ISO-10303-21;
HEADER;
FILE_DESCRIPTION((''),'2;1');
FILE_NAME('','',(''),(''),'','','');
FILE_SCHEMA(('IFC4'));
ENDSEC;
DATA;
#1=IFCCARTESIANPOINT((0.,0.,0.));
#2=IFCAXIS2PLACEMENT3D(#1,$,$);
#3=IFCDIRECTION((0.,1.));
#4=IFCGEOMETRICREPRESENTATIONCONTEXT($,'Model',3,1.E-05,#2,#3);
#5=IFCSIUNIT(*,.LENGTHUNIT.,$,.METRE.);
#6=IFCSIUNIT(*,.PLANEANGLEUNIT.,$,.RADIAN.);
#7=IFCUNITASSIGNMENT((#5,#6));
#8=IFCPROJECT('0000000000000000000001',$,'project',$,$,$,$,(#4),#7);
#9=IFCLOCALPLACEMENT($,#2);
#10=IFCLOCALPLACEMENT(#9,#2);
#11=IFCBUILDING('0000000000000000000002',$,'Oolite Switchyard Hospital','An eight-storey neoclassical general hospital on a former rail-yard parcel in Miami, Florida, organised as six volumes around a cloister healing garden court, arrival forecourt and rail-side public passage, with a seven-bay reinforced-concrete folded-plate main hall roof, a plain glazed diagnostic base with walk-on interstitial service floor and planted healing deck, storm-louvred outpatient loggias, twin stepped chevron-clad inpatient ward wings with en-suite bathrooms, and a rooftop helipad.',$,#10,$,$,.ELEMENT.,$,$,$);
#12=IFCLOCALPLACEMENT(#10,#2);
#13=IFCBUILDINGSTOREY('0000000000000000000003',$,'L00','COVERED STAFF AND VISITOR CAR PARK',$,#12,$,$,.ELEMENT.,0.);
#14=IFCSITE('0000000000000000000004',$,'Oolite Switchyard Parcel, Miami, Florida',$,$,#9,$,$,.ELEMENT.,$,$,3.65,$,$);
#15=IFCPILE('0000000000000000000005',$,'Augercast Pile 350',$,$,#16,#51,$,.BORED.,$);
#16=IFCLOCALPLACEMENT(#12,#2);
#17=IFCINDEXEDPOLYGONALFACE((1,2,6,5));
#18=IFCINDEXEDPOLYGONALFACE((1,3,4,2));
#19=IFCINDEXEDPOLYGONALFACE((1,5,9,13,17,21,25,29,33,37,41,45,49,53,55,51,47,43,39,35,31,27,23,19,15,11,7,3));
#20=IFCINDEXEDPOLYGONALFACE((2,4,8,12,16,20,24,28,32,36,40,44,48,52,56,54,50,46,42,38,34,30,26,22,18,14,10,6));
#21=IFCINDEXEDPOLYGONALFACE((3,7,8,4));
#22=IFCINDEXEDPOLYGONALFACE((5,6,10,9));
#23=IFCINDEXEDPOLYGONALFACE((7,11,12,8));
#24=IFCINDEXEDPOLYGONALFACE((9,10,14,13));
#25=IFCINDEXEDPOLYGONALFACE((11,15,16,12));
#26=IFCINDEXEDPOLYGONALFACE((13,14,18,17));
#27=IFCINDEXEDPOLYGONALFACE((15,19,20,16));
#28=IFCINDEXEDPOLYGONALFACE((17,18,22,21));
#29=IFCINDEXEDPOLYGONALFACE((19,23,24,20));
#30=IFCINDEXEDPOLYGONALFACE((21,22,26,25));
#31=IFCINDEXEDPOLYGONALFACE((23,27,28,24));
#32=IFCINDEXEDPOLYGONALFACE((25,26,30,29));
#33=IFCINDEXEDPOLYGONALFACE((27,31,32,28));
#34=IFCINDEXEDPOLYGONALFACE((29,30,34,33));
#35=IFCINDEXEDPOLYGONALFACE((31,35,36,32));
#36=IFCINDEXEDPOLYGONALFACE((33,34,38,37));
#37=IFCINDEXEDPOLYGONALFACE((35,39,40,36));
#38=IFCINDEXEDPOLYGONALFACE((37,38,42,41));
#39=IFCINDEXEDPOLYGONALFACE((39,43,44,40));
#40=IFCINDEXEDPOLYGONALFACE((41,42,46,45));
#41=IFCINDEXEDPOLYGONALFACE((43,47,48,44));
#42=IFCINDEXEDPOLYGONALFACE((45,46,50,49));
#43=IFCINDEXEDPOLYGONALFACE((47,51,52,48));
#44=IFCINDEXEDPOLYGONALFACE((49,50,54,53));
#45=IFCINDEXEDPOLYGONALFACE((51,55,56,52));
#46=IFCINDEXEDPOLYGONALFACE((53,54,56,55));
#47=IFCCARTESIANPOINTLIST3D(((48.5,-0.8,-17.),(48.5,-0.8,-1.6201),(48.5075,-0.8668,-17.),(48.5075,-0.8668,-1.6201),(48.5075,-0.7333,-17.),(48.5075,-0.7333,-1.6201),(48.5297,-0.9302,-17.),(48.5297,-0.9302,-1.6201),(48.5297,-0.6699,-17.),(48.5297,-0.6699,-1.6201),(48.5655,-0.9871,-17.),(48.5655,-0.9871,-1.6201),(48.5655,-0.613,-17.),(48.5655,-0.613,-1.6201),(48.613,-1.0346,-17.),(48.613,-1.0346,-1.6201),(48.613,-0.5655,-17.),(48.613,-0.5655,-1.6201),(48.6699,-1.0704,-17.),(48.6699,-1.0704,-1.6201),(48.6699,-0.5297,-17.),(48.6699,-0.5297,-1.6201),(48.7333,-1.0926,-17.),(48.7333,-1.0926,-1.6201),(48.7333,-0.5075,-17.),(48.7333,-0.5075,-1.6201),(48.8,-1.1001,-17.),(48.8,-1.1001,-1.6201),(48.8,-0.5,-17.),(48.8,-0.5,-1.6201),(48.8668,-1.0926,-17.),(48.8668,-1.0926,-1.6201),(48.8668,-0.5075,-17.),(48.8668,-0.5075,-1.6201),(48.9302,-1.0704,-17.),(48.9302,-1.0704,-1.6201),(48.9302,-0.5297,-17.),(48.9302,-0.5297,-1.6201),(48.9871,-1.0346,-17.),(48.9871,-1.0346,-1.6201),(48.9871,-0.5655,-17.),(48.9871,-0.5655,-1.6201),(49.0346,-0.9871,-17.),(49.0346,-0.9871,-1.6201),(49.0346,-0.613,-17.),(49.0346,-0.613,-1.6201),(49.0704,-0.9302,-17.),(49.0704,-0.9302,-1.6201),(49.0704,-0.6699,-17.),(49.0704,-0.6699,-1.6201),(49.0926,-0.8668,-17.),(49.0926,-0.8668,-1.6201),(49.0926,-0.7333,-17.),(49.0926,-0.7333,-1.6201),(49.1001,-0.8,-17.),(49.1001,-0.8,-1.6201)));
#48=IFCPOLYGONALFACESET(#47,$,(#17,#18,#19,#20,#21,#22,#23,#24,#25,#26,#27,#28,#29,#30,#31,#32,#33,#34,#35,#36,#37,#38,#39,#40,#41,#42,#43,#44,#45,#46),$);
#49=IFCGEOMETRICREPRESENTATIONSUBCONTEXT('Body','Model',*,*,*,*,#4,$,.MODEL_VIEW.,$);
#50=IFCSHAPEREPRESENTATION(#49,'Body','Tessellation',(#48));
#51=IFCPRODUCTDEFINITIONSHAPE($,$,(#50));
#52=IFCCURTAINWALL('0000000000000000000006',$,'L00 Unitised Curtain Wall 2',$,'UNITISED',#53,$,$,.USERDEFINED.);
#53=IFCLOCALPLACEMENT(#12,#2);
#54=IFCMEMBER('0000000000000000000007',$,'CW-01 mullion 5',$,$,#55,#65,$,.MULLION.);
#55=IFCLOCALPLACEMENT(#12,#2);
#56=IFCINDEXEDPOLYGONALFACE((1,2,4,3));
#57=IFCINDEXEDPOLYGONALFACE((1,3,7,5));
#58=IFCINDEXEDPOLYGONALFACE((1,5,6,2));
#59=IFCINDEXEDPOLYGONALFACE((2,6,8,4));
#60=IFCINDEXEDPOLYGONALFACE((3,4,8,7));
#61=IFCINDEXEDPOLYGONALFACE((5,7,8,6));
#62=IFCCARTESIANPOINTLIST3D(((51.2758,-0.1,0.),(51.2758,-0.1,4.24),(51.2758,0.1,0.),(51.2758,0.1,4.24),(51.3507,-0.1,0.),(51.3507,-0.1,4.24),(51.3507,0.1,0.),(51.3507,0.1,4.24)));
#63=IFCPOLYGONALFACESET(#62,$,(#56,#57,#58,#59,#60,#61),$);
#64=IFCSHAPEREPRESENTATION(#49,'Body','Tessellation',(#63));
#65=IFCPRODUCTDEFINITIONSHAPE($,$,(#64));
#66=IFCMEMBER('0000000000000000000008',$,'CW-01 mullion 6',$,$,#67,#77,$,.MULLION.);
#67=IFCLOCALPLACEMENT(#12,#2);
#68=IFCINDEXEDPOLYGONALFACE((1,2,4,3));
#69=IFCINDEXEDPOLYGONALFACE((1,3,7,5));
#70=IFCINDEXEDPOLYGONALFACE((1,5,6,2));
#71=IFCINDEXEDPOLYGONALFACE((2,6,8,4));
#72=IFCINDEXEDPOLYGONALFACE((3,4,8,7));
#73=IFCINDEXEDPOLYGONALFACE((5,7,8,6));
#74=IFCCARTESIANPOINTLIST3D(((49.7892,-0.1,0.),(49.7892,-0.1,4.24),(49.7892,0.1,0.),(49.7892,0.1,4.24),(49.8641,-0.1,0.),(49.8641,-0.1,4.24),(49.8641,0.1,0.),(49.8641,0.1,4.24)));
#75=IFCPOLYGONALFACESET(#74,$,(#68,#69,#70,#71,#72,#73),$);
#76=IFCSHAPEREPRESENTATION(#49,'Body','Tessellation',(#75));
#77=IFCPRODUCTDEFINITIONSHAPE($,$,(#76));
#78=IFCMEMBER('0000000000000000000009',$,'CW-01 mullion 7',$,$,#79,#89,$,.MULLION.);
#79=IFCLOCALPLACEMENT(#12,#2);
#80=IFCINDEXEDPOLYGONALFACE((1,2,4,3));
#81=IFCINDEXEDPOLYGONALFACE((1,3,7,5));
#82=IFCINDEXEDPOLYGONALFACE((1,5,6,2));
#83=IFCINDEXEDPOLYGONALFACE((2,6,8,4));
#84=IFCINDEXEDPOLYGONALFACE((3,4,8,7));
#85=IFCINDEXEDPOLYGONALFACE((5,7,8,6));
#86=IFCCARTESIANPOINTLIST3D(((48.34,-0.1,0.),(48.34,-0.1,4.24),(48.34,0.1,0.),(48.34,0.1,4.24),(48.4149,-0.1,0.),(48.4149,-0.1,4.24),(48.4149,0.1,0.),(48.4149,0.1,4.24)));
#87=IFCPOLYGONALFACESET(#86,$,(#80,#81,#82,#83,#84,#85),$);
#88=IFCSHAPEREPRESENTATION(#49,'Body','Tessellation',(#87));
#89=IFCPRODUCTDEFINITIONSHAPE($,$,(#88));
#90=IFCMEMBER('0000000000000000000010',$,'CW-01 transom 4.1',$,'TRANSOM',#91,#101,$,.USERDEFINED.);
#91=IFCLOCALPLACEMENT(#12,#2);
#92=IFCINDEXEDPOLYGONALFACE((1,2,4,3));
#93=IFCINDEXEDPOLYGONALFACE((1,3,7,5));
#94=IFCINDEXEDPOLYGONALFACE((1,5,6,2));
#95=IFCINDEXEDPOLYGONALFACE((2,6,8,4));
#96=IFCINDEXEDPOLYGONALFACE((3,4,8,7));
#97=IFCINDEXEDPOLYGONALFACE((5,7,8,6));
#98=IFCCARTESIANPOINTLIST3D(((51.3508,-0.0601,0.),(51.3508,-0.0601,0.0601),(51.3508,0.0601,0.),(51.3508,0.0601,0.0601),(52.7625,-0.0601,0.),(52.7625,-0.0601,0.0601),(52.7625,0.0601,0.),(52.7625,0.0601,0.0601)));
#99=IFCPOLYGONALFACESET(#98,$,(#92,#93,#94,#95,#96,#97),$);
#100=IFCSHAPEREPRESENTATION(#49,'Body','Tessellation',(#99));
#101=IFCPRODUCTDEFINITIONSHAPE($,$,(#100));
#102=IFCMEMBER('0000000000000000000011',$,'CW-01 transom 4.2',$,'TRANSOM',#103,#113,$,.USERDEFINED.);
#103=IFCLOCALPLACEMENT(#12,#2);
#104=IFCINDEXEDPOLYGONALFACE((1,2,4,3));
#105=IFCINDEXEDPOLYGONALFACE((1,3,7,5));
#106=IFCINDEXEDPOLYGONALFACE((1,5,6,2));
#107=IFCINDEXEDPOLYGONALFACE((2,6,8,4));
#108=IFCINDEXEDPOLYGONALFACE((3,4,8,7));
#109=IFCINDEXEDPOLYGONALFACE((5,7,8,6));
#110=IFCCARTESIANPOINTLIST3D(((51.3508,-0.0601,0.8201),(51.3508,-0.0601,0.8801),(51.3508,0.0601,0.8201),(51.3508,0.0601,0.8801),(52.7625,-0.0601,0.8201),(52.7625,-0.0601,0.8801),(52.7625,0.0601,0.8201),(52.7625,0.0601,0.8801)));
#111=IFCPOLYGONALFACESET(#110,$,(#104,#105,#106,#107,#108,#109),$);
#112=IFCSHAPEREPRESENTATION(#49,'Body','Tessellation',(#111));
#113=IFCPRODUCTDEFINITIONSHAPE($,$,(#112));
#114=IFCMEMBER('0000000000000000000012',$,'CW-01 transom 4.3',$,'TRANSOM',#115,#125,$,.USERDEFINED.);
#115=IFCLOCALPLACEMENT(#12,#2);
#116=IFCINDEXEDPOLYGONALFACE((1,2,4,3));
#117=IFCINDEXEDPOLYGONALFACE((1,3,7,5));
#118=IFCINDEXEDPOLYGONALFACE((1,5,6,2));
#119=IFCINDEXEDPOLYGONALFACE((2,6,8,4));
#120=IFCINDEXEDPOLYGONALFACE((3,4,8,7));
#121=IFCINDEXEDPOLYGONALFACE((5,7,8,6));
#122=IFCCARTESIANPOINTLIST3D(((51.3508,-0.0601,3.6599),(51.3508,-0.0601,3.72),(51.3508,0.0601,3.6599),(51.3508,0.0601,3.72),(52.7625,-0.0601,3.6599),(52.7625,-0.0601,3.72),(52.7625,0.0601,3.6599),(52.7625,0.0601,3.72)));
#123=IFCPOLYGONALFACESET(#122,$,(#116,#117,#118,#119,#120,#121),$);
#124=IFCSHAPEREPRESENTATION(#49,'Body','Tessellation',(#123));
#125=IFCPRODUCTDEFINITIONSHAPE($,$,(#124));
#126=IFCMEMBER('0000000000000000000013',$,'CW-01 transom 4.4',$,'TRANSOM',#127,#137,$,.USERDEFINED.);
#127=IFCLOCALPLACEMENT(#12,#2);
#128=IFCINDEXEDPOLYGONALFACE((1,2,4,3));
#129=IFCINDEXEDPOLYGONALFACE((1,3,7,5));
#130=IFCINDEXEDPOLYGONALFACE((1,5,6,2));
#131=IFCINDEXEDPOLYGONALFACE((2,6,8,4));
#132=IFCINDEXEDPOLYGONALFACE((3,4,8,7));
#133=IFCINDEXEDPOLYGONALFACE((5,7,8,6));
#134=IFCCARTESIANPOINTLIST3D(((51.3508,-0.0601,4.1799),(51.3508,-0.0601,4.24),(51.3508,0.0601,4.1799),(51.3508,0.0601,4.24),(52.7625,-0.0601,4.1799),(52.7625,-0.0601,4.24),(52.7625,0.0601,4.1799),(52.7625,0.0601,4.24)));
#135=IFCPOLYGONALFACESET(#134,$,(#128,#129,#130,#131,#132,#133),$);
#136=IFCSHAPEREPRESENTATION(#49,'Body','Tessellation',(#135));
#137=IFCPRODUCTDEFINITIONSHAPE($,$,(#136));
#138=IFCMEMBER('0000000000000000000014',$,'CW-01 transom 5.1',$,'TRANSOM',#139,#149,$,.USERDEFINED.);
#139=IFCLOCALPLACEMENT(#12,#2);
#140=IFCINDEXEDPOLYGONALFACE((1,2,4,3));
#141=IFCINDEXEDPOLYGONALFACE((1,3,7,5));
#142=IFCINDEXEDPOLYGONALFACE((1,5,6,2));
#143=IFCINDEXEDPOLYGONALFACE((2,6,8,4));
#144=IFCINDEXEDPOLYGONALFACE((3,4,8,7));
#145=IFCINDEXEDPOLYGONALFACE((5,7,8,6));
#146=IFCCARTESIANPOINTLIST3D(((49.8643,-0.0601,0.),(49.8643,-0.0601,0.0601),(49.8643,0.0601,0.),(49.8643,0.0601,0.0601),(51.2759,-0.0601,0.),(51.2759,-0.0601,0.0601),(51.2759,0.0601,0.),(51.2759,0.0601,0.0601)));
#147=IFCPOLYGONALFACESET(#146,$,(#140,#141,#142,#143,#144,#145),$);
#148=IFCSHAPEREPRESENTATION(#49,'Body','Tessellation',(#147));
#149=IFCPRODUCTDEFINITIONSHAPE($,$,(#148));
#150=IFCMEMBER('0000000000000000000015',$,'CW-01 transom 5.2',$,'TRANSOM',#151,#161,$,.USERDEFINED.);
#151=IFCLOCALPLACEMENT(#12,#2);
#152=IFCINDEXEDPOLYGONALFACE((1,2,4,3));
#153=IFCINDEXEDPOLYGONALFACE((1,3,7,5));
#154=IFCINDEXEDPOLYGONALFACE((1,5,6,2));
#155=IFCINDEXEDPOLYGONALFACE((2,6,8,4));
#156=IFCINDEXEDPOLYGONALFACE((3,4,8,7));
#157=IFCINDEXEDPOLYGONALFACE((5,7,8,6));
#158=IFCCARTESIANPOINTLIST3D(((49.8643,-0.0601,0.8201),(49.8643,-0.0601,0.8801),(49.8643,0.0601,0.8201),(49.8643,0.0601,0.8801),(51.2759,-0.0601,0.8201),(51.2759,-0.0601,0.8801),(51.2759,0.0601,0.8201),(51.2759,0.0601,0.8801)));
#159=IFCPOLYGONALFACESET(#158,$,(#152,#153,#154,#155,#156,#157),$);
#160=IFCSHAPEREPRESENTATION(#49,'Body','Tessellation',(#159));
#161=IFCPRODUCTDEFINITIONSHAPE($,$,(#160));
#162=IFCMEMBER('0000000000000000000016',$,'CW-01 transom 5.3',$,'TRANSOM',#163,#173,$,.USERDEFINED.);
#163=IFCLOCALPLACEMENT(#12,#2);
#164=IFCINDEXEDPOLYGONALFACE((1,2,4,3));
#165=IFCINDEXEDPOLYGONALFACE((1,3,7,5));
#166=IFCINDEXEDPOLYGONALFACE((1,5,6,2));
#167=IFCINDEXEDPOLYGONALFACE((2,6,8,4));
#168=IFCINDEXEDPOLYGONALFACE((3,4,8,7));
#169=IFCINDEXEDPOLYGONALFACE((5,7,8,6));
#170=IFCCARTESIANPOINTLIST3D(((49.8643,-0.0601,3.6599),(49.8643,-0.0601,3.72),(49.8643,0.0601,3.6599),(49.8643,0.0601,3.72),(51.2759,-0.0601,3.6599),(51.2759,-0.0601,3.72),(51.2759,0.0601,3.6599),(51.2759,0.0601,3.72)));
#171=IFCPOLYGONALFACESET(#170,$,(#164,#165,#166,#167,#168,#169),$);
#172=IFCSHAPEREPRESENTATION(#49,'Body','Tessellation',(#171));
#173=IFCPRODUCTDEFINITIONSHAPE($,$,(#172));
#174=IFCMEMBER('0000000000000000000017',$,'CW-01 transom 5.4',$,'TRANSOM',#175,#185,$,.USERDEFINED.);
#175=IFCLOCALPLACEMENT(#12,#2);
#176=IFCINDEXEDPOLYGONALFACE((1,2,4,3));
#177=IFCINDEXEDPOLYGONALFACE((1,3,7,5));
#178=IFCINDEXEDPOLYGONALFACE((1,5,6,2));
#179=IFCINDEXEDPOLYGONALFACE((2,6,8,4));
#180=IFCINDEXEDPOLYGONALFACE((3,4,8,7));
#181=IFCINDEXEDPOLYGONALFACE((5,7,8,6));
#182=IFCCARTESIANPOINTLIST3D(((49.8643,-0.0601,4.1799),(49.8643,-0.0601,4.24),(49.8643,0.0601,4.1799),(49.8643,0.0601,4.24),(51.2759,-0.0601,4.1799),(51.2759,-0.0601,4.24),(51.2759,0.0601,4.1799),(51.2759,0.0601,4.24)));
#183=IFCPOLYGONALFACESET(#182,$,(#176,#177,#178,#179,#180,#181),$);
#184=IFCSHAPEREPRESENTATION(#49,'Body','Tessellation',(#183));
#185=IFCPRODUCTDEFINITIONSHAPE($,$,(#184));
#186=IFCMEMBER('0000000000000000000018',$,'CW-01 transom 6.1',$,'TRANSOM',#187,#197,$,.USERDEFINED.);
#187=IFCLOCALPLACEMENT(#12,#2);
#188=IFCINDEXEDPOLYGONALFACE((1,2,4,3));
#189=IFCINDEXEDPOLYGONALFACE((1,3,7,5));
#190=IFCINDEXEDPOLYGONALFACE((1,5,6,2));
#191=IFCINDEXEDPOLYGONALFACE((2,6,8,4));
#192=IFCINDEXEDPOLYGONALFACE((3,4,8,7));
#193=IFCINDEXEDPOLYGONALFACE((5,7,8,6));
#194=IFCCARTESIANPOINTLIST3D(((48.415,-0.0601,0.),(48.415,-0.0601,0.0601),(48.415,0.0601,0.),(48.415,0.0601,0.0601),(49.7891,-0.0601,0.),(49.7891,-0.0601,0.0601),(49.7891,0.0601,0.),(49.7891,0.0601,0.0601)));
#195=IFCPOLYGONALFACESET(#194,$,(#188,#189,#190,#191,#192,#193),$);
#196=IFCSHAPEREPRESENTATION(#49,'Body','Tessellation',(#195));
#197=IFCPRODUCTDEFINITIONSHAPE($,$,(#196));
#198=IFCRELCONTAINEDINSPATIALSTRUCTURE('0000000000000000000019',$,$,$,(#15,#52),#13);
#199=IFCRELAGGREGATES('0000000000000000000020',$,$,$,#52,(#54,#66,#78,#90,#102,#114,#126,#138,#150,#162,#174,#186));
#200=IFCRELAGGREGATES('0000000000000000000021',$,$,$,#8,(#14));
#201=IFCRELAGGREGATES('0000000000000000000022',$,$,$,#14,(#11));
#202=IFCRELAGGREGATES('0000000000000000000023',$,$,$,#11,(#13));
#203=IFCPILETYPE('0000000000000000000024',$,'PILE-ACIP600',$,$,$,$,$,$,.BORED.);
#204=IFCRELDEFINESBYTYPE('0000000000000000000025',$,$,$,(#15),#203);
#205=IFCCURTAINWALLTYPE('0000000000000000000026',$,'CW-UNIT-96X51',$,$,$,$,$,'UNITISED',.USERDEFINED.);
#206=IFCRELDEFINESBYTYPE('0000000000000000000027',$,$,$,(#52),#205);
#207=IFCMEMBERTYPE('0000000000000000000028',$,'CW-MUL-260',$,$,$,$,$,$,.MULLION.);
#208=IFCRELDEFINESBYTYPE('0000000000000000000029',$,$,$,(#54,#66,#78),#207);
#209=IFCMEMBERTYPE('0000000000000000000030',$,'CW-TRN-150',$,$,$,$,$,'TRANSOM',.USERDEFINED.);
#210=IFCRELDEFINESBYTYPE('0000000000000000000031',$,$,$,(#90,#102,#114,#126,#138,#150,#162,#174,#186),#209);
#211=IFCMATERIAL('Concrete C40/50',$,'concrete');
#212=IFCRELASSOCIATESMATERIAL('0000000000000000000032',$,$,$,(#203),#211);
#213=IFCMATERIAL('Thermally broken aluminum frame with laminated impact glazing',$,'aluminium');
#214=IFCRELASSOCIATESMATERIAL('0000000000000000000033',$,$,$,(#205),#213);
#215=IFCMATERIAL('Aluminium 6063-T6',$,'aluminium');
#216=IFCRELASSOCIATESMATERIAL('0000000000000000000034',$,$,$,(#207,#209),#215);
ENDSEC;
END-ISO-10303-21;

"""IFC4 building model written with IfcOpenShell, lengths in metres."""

from ifc_helpers import new_model, si_unit, direction, frame, origin, origin_2d, place, context, subcontext, project, spatial, rectangle, circle, extrude, material, material_profile, profile_set, type_object, element, aggregate, save


model = new_model("IFC4")

# Units and contexts
model_context = context("Model", 3, precision=1e-05, world=origin(), true_north=direction((0.0, 1.0)))
body_context = subcontext(model_context, "Body", "Model", "MODEL_VIEW")
ifc_project = project(units=[si_unit("LENGTHUNIT", "METRE"), si_unit("PLANEANGLEUNIT", "RADIAN")], contexts=[model_context])

# Site, building, storey
site_placement = place(None, origin())
site = spatial("IfcSite", under=ifc_project, at=site_placement, Name="Oolite Switchyard Parcel, Miami, Florida", CompositionType="ELEMENT", RefElevation=3.65)
building_placement = place(site_placement, origin())
building = spatial("IfcBuilding", under=site, at=building_placement, Name="Oolite Switchyard Hospital", Description="An eight-storey neoclassical general hospital on a former rail-yard parcel in Miami, Florida, organised as six volumes around a cloister healing garden court, arrival forecourt and rail-side public passage, with a seven-bay reinforced-concrete folded-plate main hall roof, a plain glazed diagnostic base with walk-on interstitial service floor and planted healing deck, storm-louvred outpatient loggias, twin stepped chevron-clad inpatient ward wings with en-suite bathrooms, and a rooftop helipad.", CompositionType="ELEMENT")
storey_placement = place(building_placement, origin())
storey = spatial("IfcBuildingStorey", under=building, at=storey_placement, Name="L00", Description="COVERED STAFF AND VISITOR CAR PARK", CompositionType="ELEMENT", Elevation=0.0)

# Pile
ifc_material_1 = material(Name="Concrete C40/50", Category="concrete")
ifc_material_profile_1 = material_profile(ifc_material_1, circle(Radius=0.3, at=origin_2d()), Name="PILE600")
ifc_profile_set_1 = profile_set([ifc_material_profile_1], Name="Concrete C40/50")
pile_type = type_object("IfcPileType", Name="PILE-ACIP600", PredefinedType="BORED", material=ifc_profile_set_1)
pile_placement = place(storey_placement, frame((48.8, -0.8, -1.6201), z_axis=(0.0, 0.0, -1.0), x_axis=(1.0, 0.0, 0.0)))
element("IfcPile", 1, at=pile_placement, inside=storey, type_object=pile_type, Name="Augercast Pile 350", PredefinedType="BORED", context=body_context, shape_type="SweptSolid", body=[
    extrude(circle(Radius=0.3, at=origin_2d()), origin(), (0.0, 0.0, 1.0), 15.3799),
])

# Curtain wall, members
ifc_material_2 = material(Name="Thermally broken aluminum frame with laminated impact glazing", Category="aluminium")
curtain_wall_type = type_object("IfcCurtainWallType", Name="CW-UNIT-96X51", ElementType="UNITISED", PredefinedType="USERDEFINED", material=ifc_material_2)
curtain_wall_placement = place(storey_placement, origin())
curtain_wall = element("IfcCurtainWall", 2, at=curtain_wall_placement, inside=storey, type_object=curtain_wall_type, Name="L00 Unitised Curtain Wall 2", ObjectType="UNITISED", PredefinedType="USERDEFINED")
ifc_material_3 = material(Name="Aluminium 6063-T6", Category="aluminium")
ifc_material_profile_2 = material_profile(ifc_material_3, rectangle(XDim=0.2, YDim=0.075, at=origin_2d()), Name="CWM75X200")
ifc_profile_set_2 = profile_set([ifc_material_profile_2], Name="Aluminium 6063-T6")
member_type_1 = type_object("IfcMemberType", Name="CW-MUL-260", PredefinedType="MULLION", material=ifc_profile_set_2)
member_1_placement = place(storey_placement, frame((51.3132, 0.0, 0.0), z_axis=(0.0, 0.0, 1.0), x_axis=(0.0, -1.0, 0.0)))
member_1 = element("IfcMember", 3, at=member_1_placement, type_object=member_type_1, Name="CW-01 mullion 5", PredefinedType="MULLION", context=body_context, shape_type="SweptSolid", body=[
    extrude(rectangle(XDim=0.2, YDim=0.075, at=origin_2d()), origin(), (0.0, 0.0, 1.0), 4.24),
])
member_2_placement = place(storey_placement, frame((49.8267, 0.0, 0.0), z_axis=(0.0, 0.0, 1.0), x_axis=(0.0, -1.0, 0.0)))
member_2 = element("IfcMember", 4, at=member_2_placement, type_object=member_type_1, Name="CW-01 mullion 6", PredefinedType="MULLION", context=body_context, shape_type="SweptSolid", body=[
    extrude(rectangle(XDim=0.2, YDim=0.075, at=origin_2d()), origin(), (0.0, 0.0, 1.0), 4.24),
])
member_3_placement = place(storey_placement, frame((48.3774, 0.0, 0.0), z_axis=(0.0, 0.0, 1.0), x_axis=(0.0, -1.0, 0.0)))
member_3 = element("IfcMember", 5, at=member_3_placement, type_object=member_type_1, Name="CW-01 mullion 7", PredefinedType="MULLION", context=body_context, shape_type="SweptSolid", body=[
    extrude(rectangle(XDim=0.2, YDim=0.075, at=origin_2d()), origin(), (0.0, 0.0, 1.0), 4.24),
])
ifc_material_profile_3 = material_profile(ifc_material_3, rectangle(XDim=0.1201, YDim=0.0601, at=origin_2d()), Name="CWT60X120")
ifc_profile_set_3 = profile_set([ifc_material_profile_3], Name="Aluminium 6063-T6")
member_type_2 = type_object("IfcMemberType", Name="CW-TRN-150", ElementType="TRANSOM", PredefinedType="USERDEFINED", material=ifc_profile_set_3)
member_4_placement = place(storey_placement, frame((52.7625, 0.0, 0.03), z_axis=(-1.0, 0.0, 0.0), x_axis=(0.0, -1.0, 0.0)))
member_4 = element("IfcMember", 6, at=member_4_placement, type_object=member_type_2, Name="CW-01 transom 4.1", ObjectType="TRANSOM", PredefinedType="USERDEFINED", context=body_context, shape_type="SweptSolid", body=[
    extrude(rectangle(XDim=0.1201, YDim=0.0601, at=origin_2d()), origin(), (0.0, 0.0, 1.0), 1.4116),
])
member_5_placement = place(storey_placement, frame((52.7625, 0.0, 0.8501), z_axis=(-1.0, 0.0, 0.0), x_axis=(0.0, -1.0, 0.0)))
member_5 = element("IfcMember", 7, at=member_5_placement, type_object=member_type_2, Name="CW-01 transom 4.2", ObjectType="TRANSOM", PredefinedType="USERDEFINED", context=body_context, shape_type="SweptSolid", body=[
    extrude(rectangle(XDim=0.1201, YDim=0.0601, at=origin_2d()), origin(), (0.0, 0.0, 1.0), 1.4116),
])
member_6_placement = place(storey_placement, frame((52.7625, 0.0, 3.6899), z_axis=(-1.0, 0.0, 0.0), x_axis=(0.0, -1.0, 0.0)))
member_6 = element("IfcMember", 8, at=member_6_placement, type_object=member_type_2, Name="CW-01 transom 4.3", ObjectType="TRANSOM", PredefinedType="USERDEFINED", context=body_context, shape_type="SweptSolid", body=[
    extrude(rectangle(XDim=0.1201, YDim=0.0601, at=origin_2d()), origin(), (0.0, 0.0, 1.0), 1.4116),
])
member_7_placement = place(storey_placement, frame((52.7625, 0.0, 4.21), z_axis=(-1.0, 0.0, 0.0), x_axis=(0.0, -1.0, 0.0)))
member_7 = element("IfcMember", 9, at=member_7_placement, type_object=member_type_2, Name="CW-01 transom 4.4", ObjectType="TRANSOM", PredefinedType="USERDEFINED", context=body_context, shape_type="SweptSolid", body=[
    extrude(rectangle(XDim=0.1201, YDim=0.0601, at=origin_2d()), origin(), (0.0, 0.0, 1.0), 1.4116),
])
member_8_placement = place(storey_placement, frame((51.2759, 0.0, 0.03), z_axis=(-1.0, 0.0, 0.0), x_axis=(0.0, -1.0, 0.0)))
member_8 = element("IfcMember", 10, at=member_8_placement, type_object=member_type_2, Name="CW-01 transom 5.1", ObjectType="TRANSOM", PredefinedType="USERDEFINED", context=body_context, shape_type="SweptSolid", body=[
    extrude(rectangle(XDim=0.1201, YDim=0.0601, at=origin_2d()), origin(), (0.0, 0.0, 1.0), 1.4116),
])
member_9_placement = place(storey_placement, frame((51.2759, 0.0, 0.8501), z_axis=(-1.0, 0.0, 0.0), x_axis=(0.0, -1.0, 0.0)))
member_9 = element("IfcMember", 11, at=member_9_placement, type_object=member_type_2, Name="CW-01 transom 5.2", ObjectType="TRANSOM", PredefinedType="USERDEFINED", context=body_context, shape_type="SweptSolid", body=[
    extrude(rectangle(XDim=0.1201, YDim=0.0601, at=origin_2d()), origin(), (0.0, 0.0, 1.0), 1.4116),
])
member_10_placement = place(storey_placement, frame((51.2759, 0.0, 3.6899), z_axis=(-1.0, 0.0, 0.0), x_axis=(0.0, -1.0, 0.0)))
member_10 = element("IfcMember", 12, at=member_10_placement, type_object=member_type_2, Name="CW-01 transom 5.3", ObjectType="TRANSOM", PredefinedType="USERDEFINED", context=body_context, shape_type="SweptSolid", body=[
    extrude(rectangle(XDim=0.1201, YDim=0.0601, at=origin_2d()), origin(), (0.0, 0.0, 1.0), 1.4116),
])
member_11_placement = place(storey_placement, frame((51.2759, 0.0, 4.21), z_axis=(-1.0, 0.0, 0.0), x_axis=(0.0, -1.0, 0.0)))
member_11 = element("IfcMember", 13, at=member_11_placement, type_object=member_type_2, Name="CW-01 transom 5.4", ObjectType="TRANSOM", PredefinedType="USERDEFINED", context=body_context, shape_type="SweptSolid", body=[
    extrude(rectangle(XDim=0.1201, YDim=0.0601, at=origin_2d()), origin(), (0.0, 0.0, 1.0), 1.4116),
])
member_12_placement = place(storey_placement, frame((49.7891, 0.0, 0.03), z_axis=(-1.0, 0.0, 0.0), x_axis=(0.0, -1.0, 0.0)))
member_12 = element("IfcMember", 14, at=member_12_placement, type_object=member_type_2, Name="CW-01 transom 6.1", ObjectType="TRANSOM", PredefinedType="USERDEFINED", context=body_context, shape_type="SweptSolid", body=[
    extrude(rectangle(XDim=0.1201, YDim=0.0601, at=origin_2d()), origin(), (0.0, 0.0, 1.0), 1.374),
])
aggregate(curtain_wall, [member_1, member_2, member_3, member_4, member_5, member_6, member_7, member_8, member_9, member_10, member_11, member_12])

save(model, "model.ifc")
